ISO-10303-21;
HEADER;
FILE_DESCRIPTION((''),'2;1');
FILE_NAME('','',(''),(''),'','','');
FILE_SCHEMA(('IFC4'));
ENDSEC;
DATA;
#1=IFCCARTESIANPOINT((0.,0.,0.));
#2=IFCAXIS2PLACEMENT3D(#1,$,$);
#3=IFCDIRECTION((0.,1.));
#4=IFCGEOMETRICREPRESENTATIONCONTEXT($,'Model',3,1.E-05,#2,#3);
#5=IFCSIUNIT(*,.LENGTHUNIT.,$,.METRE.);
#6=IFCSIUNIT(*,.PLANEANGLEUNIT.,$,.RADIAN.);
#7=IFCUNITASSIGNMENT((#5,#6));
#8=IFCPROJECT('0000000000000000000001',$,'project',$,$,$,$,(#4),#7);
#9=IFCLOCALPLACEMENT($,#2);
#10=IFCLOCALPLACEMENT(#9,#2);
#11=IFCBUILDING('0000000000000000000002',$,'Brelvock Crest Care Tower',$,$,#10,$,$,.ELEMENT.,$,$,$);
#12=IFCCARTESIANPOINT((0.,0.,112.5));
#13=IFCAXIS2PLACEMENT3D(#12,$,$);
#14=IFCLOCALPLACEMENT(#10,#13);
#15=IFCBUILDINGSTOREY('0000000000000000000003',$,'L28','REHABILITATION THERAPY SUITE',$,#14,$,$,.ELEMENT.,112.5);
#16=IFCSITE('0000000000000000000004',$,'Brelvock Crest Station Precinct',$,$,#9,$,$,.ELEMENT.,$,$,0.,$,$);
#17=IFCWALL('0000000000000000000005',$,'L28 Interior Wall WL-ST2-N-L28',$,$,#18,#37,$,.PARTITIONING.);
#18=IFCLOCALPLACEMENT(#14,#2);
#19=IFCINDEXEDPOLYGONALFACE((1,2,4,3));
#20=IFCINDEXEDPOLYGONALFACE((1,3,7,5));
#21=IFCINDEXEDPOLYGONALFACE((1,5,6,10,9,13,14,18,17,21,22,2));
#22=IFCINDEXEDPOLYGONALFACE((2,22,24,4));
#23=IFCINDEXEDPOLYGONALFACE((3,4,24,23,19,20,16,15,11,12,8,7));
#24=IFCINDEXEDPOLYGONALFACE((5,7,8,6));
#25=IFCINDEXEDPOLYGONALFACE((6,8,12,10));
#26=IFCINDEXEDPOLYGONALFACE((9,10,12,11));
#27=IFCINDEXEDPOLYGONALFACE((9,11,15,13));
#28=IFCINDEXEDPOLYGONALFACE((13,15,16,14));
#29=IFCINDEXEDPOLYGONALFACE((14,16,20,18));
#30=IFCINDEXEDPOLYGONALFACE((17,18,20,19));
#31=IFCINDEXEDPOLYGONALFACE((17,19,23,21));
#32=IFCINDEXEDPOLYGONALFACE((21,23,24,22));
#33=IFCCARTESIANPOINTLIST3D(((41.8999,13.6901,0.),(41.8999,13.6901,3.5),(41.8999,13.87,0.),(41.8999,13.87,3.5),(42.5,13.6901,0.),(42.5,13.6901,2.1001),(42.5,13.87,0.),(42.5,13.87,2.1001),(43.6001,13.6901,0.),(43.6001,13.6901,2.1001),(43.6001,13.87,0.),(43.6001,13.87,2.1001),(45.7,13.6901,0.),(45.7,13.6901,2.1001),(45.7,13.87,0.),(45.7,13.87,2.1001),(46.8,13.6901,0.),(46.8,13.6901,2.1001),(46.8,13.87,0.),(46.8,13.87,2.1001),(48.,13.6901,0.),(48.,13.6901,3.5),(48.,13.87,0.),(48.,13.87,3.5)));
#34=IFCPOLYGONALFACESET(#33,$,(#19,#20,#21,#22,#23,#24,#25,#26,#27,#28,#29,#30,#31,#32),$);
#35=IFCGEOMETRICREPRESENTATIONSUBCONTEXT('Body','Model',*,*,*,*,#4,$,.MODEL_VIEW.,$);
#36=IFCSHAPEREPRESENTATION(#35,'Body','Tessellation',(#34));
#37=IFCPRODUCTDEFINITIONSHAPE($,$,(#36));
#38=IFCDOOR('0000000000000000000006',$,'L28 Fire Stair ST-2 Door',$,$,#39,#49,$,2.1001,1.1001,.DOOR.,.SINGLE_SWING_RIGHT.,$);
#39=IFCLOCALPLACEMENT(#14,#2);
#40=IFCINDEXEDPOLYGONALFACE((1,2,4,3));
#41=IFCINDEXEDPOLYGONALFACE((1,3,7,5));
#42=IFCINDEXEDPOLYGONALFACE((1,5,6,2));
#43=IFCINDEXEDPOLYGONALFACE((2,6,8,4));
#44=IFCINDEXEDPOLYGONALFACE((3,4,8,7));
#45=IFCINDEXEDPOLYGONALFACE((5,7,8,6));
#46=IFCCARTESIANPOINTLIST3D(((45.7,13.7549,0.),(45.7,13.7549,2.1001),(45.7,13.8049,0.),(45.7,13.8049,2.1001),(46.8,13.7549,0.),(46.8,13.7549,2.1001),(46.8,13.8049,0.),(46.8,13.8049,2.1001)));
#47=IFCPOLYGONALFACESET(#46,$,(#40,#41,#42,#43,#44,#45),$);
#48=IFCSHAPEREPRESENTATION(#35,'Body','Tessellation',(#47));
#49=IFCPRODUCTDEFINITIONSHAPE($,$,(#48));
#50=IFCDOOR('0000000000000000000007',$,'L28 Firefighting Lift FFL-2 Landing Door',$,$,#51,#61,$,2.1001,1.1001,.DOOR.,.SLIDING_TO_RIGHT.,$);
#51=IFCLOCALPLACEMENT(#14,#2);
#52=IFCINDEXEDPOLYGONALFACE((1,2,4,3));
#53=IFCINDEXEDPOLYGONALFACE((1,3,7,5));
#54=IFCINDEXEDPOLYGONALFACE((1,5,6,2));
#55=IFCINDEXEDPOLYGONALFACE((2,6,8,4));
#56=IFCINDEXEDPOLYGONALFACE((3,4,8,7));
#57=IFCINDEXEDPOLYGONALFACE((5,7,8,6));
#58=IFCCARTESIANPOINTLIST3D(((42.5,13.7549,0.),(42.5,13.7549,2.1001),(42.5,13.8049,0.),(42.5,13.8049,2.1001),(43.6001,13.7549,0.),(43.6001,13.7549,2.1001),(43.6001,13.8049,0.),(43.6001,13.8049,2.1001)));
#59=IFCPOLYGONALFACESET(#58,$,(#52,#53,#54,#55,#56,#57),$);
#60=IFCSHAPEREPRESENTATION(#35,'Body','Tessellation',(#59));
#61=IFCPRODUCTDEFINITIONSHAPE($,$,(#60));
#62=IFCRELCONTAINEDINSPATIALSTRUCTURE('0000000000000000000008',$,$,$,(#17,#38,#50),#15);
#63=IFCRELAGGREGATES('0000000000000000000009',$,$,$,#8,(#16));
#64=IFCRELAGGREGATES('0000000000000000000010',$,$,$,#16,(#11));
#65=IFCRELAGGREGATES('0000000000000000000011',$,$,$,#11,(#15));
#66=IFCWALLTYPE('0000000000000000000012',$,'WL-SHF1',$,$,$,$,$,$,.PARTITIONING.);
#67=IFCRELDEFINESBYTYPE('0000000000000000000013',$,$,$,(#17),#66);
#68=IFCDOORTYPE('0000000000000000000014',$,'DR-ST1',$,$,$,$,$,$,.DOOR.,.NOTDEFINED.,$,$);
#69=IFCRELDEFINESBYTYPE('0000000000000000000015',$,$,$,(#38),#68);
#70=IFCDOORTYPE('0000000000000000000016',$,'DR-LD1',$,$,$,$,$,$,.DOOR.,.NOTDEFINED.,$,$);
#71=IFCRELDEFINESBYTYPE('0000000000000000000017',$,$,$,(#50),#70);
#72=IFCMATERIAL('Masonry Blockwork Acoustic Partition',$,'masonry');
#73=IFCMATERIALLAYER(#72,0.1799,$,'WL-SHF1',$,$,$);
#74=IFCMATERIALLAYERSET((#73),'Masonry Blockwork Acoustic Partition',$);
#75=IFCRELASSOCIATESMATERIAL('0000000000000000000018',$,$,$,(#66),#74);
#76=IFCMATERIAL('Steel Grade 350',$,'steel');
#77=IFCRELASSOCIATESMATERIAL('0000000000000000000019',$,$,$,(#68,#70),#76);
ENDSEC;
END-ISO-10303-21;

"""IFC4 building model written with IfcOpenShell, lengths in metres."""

from ifc_helpers import new_model, si_unit, direction, frame, frame_2d, origin, origin_2d, place, context, subcontext, project, spatial, rectangle, extrude, source, transform, mapped, material, layer, layer_set, type_object, element, fill, save


model = new_model("IFC4")

# Units and contexts
model_context = context("Model", 3, precision=1e-05, world=origin(), true_north=direction((0.0, 1.0)))
body_context = subcontext(model_context, "Body", "Model", "MODEL_VIEW")
ifc_project = project(units=[si_unit("LENGTHUNIT", "METRE"), si_unit("PLANEANGLEUNIT", "RADIAN")], contexts=[model_context])

# Site, building, storey
site_placement = place(None, origin())
site = spatial("IfcSite", under=ifc_project, at=site_placement, Name="Brelvock Crest Station Precinct", CompositionType="ELEMENT", RefElevation=0.0)
building_placement = place(site_placement, origin())
building = spatial("IfcBuilding", under=site, at=building_placement, Name="Brelvock Crest Care Tower", CompositionType="ELEMENT")
storey_placement = place(building_placement, frame((0.0, 0.0, 112.5)))
storey = spatial("IfcBuildingStorey", under=building, at=storey_placement, Name="L28", Description="REHABILITATION THERAPY SUITE", CompositionType="ELEMENT", Elevation=112.5)

# Shared definitions
ifc_material_1 = material(Name="Steel Grade 350", Category="steel")

# Shared definitions
ifc_material_2 = material(Name="Masonry Blockwork Acoustic Partition", Category="masonry")

# Shared definitions
ifc_layer_1 = layer(ifc_material_2, 0.1799, Name="WL-SHF1")
ifc_layer_set_1 = layer_set([ifc_layer_1], Name="Masonry Blockwork Acoustic Partition")
wall_type_1 = type_object("IfcWallType", Name="WL-SHF1", PredefinedType="PARTITIONING", material=ifc_layer_set_1)

# Wall, openings, doors
wall_1_placement = place(storey_placement, frame((41.8999, 13.78, 0.0), z_axis=(0.0, 0.0, 1.0), x_axis=(1.0, 0.0, 0.0)))
wall_1 = element("IfcWall", 1, at=wall_1_placement, inside=storey, type_object=wall_type_1, Name="L28 Interior Wall WL-ST2-N-L28", PredefinedType="PARTITIONING", context=body_context, shape_type="SweptSolid", body=[
    extrude(rectangle(XDim=6.1001, YDim=0.1799, at=frame_2d((3.05, 0.0))), origin(), (0.0, 0.0, 1.0), 3.5),
])
opening_1_placement = place(wall_1_placement, frame((0.6001, 0.0, 0.0)))
opening_1 = element("IfcOpeningElement", 2, at=opening_1_placement, cuts=wall_1, PredefinedType="OPENING", context=body_context, shape_type="SweptSolid", body=[
    extrude(rectangle(XDim=1.1001, YDim=2.1001, at=origin_2d()), frame((0.55, 0.1001, 1.05), z_axis=(0.0, -1.0, 0.0), x_axis=(1.0, 0.0, 0.0)), (0.0, 0.0, 1.0), 0.2),
])
opening_2_placement = place(wall_1_placement, frame((3.8, 0.0, 0.0)))
opening_2 = element("IfcOpeningElement", 3, at=opening_2_placement, cuts=wall_1, PredefinedType="OPENING", context=body_context, shape_type="SweptSolid", body=[
    extrude(rectangle(XDim=1.1001, YDim=2.1001, at=origin_2d()), frame((0.55, 0.1001, 1.05), z_axis=(0.0, -1.0, 0.0), x_axis=(1.0, 0.0, 0.0)), (0.0, 0.0, 1.0), 0.2),
])
door_type_1 = type_object("IfcDoorType", Name="DR-ST1", OperationType="NOTDEFINED", PredefinedType="DOOR", material=ifc_material_1)
shared_shape_1 = source(origin(), body_context, "Body", "SweptSolid", [
    extrude(rectangle(XDim=1.1001, YDim=2.1001, at=origin_2d()), frame((0.55, 0.0249, 1.05), z_axis=(0.0, -1.0, 0.0), x_axis=(1.0, 0.0, 0.0)), (0.0, 0.0, 1.0), 0.05),
])
door_1_placement = place(opening_2_placement, origin())
door_1 = element("IfcDoor", 4, at=door_1_placement, inside=storey, type_object=door_type_1, Name="L28 Fire Stair ST-2 Door", OperationType="SINGLE_SWING_RIGHT", OverallHeight=2.1001, OverallWidth=1.1001, PredefinedType="DOOR", context=body_context, shape_type="MappedRepresentation", body=[
    mapped(shared_shape_1, transform((0.0, 0.0, 0.0), x_axis=(1.0, 0.0, 0.0), y_axis=(0.0, 1.0, 0.0), z_axis=(0.0, 0.0, 1.0), scale=1.0)),
])
fill(opening_2, door_1)
door_type_2 = type_object("IfcDoorType", Name="DR-LD1", OperationType="NOTDEFINED", PredefinedType="DOOR", material=ifc_material_1)
shared_shape_2 = source(origin(), body_context, "Body", "SweptSolid", [
    extrude(rectangle(XDim=1.1001, YDim=2.1001, at=origin_2d()), frame((0.55, 0.0249, 1.05), z_axis=(0.0, -1.0, 0.0), x_axis=(1.0, 0.0, 0.0)), (0.0, 0.0, 1.0), 0.05),
])
door_2_placement = place(opening_1_placement, origin())
door_2 = element("IfcDoor", 5, at=door_2_placement, inside=storey, type_object=door_type_2, Name="L28 Firefighting Lift FFL-2 Landing Door", OperationType="SLIDING_TO_RIGHT", OverallHeight=2.1001, OverallWidth=1.1001, PredefinedType="DOOR", context=body_context, shape_type="MappedRepresentation", body=[
    mapped(shared_shape_2, transform((0.0, 0.0, 0.0), x_axis=(1.0, 0.0, 0.0), y_axis=(0.0, 1.0, 0.0), z_axis=(0.0, 0.0, 1.0), scale=1.0)),
])
fill(opening_1, door_2)

save(model, "model.ifc")
